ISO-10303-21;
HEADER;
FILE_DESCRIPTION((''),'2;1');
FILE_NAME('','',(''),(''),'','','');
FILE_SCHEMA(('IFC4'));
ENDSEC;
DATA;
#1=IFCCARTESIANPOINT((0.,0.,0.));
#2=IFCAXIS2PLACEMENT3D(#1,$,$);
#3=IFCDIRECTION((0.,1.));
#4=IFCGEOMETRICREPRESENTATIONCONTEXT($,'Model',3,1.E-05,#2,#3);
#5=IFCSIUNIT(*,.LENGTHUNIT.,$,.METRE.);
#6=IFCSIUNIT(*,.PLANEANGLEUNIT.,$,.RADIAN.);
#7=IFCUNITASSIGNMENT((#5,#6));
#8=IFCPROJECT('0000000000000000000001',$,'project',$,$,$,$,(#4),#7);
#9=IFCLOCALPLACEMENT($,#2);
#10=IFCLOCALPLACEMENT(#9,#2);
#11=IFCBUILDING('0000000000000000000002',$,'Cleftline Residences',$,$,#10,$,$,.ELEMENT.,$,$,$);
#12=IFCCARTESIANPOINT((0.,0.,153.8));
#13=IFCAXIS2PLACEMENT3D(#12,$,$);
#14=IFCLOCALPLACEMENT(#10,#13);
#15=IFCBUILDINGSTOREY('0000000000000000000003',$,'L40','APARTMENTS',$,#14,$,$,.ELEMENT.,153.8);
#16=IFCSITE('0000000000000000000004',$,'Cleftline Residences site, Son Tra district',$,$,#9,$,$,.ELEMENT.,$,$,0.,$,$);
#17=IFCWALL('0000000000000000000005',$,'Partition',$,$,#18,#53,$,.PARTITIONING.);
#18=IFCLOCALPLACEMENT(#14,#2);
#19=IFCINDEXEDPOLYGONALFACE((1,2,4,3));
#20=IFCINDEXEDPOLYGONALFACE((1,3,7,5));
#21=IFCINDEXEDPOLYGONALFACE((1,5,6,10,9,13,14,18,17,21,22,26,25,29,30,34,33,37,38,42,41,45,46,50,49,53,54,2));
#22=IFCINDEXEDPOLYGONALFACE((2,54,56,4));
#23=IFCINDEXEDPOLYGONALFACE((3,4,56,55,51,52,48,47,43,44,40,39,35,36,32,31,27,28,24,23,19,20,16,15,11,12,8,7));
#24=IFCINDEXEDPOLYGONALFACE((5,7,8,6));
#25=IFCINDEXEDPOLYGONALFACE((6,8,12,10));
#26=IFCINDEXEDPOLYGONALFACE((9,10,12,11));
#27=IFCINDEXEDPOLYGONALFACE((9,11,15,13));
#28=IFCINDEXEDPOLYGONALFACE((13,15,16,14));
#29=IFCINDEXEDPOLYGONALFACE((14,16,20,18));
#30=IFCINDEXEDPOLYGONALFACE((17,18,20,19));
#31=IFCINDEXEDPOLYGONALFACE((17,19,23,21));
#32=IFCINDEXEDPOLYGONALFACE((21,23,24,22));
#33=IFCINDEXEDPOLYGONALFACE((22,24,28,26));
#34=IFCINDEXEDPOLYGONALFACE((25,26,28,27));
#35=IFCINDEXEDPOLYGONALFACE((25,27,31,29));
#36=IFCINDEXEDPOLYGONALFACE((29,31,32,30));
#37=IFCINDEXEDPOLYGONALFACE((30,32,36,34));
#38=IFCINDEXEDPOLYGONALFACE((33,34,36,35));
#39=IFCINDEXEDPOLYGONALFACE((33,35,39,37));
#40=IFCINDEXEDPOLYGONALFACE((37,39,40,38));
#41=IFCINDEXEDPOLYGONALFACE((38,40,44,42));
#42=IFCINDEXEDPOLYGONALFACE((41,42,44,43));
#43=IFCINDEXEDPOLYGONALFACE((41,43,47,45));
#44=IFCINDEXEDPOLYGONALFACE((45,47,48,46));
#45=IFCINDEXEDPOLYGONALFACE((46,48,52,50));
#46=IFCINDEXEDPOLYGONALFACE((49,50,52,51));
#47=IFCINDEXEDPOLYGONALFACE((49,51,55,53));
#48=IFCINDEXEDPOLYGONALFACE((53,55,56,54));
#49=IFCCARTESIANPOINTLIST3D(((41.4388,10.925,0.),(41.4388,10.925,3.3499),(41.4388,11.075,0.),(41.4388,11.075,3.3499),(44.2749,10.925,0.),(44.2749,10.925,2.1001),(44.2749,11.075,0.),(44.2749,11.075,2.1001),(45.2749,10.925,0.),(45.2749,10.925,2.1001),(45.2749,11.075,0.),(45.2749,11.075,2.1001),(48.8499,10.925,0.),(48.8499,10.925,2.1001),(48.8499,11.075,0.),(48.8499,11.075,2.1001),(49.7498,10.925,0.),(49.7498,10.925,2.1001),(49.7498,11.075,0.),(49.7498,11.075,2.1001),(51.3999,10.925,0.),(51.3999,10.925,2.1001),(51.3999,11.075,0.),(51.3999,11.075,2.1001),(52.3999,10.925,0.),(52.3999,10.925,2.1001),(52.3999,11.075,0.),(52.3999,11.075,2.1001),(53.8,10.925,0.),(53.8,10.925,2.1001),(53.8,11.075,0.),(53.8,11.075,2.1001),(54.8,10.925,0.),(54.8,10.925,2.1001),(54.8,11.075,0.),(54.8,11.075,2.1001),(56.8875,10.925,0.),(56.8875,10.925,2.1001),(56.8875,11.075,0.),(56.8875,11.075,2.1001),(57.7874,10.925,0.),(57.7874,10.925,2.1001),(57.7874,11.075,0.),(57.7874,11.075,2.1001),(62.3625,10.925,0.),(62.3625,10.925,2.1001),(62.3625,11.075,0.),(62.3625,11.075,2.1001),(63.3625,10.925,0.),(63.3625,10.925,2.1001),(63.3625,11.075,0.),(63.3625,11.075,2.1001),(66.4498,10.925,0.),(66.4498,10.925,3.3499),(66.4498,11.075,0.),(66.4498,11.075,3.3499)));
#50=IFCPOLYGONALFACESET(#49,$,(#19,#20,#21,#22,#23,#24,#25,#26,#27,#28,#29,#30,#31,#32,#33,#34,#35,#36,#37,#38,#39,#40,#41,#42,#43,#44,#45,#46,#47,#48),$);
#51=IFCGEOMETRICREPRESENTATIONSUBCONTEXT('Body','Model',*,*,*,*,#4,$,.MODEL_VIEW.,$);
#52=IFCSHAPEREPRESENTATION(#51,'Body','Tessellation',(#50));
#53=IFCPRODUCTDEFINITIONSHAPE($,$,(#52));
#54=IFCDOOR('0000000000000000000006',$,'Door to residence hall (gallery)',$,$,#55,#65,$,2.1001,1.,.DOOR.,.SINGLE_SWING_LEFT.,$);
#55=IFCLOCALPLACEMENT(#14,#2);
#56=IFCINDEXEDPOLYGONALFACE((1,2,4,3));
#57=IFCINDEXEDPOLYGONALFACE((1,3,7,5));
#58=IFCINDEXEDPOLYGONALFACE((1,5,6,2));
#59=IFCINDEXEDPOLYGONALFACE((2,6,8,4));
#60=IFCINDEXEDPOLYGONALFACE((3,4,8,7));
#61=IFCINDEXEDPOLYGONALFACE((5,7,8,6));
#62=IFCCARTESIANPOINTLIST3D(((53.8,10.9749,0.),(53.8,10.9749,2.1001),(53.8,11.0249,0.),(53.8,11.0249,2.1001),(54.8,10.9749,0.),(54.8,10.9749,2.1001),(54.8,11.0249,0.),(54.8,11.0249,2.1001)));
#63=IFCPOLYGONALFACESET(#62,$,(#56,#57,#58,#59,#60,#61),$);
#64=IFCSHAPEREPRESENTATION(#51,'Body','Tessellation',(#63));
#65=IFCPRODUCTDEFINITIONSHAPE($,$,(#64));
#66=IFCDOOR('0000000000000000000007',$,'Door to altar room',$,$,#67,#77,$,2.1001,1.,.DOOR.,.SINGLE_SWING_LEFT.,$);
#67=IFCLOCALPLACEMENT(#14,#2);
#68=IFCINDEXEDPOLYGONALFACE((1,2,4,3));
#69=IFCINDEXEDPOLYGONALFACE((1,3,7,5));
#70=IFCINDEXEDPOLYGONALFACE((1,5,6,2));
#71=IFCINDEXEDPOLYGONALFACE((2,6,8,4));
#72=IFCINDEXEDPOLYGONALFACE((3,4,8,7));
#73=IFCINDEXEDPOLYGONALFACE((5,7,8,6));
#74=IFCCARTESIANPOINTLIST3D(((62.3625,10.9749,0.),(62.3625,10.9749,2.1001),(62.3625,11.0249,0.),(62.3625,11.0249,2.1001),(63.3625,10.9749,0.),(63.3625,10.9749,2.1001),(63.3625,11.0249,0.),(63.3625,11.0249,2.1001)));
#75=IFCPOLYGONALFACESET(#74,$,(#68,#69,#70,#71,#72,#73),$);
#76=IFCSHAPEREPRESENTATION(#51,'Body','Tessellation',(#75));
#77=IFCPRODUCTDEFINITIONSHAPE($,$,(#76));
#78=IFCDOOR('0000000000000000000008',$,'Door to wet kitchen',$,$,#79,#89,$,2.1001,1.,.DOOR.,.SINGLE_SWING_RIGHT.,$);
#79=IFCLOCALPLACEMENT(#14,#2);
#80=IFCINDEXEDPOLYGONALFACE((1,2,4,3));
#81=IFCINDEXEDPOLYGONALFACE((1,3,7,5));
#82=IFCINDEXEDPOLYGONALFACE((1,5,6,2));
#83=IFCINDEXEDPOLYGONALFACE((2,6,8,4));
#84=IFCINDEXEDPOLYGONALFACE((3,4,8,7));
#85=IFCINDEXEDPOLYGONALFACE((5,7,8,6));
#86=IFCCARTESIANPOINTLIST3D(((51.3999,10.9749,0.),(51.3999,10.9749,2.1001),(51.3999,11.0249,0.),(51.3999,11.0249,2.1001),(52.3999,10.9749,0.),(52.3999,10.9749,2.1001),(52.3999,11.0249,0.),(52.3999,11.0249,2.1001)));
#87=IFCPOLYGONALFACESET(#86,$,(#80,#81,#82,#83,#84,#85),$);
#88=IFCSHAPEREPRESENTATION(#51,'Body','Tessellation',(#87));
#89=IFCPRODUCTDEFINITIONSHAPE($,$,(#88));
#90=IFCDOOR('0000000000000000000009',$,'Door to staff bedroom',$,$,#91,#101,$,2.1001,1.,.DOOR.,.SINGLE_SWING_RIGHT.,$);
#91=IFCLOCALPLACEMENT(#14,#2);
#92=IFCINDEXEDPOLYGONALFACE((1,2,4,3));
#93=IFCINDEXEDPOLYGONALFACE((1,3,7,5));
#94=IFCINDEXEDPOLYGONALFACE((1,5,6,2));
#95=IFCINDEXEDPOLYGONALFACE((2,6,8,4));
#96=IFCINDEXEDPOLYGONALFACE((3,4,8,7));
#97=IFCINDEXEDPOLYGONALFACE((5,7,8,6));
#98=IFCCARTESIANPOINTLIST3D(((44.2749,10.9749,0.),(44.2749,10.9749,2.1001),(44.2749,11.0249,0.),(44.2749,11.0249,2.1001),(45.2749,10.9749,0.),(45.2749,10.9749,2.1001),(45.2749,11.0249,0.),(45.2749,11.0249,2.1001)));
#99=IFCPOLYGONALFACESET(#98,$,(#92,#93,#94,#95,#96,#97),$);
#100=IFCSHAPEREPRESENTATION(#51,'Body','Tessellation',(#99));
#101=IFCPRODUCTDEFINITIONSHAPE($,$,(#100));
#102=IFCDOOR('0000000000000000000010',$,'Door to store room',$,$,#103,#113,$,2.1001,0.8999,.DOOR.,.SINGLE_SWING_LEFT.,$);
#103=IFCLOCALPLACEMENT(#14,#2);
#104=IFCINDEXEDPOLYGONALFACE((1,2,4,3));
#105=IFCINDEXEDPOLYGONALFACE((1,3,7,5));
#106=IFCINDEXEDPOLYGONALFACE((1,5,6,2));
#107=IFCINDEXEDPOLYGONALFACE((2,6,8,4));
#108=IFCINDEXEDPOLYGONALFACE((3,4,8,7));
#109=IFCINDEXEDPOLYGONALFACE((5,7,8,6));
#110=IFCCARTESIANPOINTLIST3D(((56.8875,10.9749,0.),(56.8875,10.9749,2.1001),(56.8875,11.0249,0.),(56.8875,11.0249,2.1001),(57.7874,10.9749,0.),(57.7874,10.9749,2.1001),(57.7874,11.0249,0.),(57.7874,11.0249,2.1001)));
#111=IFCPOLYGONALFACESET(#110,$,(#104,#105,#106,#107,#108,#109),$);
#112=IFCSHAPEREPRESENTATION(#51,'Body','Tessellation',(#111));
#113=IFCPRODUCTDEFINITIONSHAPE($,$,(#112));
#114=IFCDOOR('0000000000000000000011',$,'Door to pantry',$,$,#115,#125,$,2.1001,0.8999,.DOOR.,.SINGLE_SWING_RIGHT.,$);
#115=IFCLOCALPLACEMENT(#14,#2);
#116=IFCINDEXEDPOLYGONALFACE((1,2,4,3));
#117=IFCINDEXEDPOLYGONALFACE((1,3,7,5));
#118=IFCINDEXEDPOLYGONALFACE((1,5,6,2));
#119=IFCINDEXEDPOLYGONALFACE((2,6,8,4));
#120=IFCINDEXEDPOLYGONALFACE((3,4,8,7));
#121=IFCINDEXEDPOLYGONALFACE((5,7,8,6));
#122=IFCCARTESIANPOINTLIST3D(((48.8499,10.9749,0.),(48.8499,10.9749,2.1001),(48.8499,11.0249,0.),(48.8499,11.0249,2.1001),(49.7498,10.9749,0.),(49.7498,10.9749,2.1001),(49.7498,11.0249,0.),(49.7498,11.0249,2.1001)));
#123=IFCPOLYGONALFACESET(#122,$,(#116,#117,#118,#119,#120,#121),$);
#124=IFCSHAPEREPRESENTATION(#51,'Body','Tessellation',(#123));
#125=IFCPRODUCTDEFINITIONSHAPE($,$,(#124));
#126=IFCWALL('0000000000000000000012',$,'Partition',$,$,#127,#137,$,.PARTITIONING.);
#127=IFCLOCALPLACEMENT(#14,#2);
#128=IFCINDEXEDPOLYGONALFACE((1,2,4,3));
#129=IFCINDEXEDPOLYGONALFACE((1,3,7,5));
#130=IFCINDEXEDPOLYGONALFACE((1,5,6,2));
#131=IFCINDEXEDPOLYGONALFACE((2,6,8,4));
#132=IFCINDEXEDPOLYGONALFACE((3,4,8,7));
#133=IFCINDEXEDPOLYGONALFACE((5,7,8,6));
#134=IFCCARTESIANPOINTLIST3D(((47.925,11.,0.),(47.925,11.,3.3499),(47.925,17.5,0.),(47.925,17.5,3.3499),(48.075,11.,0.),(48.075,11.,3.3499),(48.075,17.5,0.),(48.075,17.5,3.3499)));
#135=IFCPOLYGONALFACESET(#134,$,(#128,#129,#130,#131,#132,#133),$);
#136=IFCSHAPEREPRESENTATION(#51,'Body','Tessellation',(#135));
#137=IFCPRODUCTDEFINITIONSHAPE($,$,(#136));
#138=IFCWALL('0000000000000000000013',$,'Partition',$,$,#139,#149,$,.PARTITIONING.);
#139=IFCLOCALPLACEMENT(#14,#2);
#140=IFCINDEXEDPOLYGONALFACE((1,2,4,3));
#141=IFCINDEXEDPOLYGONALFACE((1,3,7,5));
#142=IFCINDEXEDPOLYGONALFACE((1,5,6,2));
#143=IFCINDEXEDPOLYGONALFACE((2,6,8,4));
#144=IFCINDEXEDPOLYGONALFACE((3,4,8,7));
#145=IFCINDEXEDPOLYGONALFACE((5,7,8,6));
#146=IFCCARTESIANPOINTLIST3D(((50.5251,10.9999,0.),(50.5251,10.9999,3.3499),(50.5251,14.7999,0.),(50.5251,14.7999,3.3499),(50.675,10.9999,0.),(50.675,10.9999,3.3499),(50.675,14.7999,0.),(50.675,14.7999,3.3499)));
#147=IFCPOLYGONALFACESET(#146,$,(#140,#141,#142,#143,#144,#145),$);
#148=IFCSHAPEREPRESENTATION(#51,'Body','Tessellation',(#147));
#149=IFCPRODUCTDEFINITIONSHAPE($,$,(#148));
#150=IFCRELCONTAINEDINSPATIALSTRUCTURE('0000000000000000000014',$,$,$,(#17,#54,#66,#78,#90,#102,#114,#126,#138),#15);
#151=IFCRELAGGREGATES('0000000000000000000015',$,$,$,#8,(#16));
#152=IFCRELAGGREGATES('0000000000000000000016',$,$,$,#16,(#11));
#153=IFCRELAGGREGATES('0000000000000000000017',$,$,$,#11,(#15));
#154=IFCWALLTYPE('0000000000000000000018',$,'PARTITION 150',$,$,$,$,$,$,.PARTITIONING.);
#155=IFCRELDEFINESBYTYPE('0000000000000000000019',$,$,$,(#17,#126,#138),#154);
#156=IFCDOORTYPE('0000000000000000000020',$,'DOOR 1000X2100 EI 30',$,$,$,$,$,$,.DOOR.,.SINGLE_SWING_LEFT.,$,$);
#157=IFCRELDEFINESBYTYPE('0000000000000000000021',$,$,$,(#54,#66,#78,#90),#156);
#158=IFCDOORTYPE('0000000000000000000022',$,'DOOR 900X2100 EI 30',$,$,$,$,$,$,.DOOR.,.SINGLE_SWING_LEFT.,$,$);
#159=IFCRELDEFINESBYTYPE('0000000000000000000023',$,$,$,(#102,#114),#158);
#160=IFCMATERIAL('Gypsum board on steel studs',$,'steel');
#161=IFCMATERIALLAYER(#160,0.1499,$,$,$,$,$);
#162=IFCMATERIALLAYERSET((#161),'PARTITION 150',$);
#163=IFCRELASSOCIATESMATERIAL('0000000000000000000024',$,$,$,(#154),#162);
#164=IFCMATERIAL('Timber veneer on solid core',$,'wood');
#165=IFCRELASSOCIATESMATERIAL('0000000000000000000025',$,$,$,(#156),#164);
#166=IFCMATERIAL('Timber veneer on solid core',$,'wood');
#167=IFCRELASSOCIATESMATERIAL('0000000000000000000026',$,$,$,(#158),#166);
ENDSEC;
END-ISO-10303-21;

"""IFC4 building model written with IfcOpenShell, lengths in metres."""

from ifc_helpers import new_model, si_unit, direction, frame, frame_2d, origin, place, context, subcontext, project, spatial, rectangle, extrude, material, layer, layer_set, type_object, element, fill, save


model = new_model("IFC4")

# Units and contexts
model_context = context("Model", 3, precision=1e-05, world=origin(), true_north=direction((0.0, 1.0)))
body_context = subcontext(model_context, "Body", "Model", "MODEL_VIEW")
ifc_project = project(units=[si_unit("LENGTHUNIT", "METRE"), si_unit("PLANEANGLEUNIT", "RADIAN")], contexts=[model_context])

# Site, building, storey
site_placement = place(None, origin())
site = spatial("IfcSite", under=ifc_project, at=site_placement, Name="Cleftline Residences site, Son Tra district", CompositionType="ELEMENT", RefElevation=0.0)
building_placement = place(site_placement, origin())
building = spatial("IfcBuilding", under=site, at=building_placement, Name="Cleftline Residences", CompositionType="ELEMENT")
storey_placement = place(building_placement, frame((0.0, 0.0, 153.8)))
storey = spatial("IfcBuildingStorey", under=building, at=storey_placement, Name="L40", Description="APARTMENTS", CompositionType="ELEMENT", Elevation=153.8)

# Wall, openings, doors
ifc_material_1 = material(Name="Gypsum board on steel studs", Category="steel")
ifc_layer_1 = layer(ifc_material_1, 0.1499)
ifc_layer_set_1 = layer_set([ifc_layer_1], Name="PARTITION 150")
wall_type = type_object("IfcWallType", Name="PARTITION 150", PredefinedType="PARTITIONING", material=ifc_layer_set_1)
wall_1_placement = place(storey_placement, frame((41.439, 11.0, 0.0), z_axis=(0.0, 0.0, 1.0), x_axis=(1.0, 0.0, 0.0)))
wall_1 = element("IfcWall", 1, at=wall_1_placement, inside=storey, type_object=wall_type, Name="Partition", PredefinedType="PARTITIONING", context=body_context, shape_type="SweptSolid", body=[
    extrude(rectangle(XDim=25.011, YDim=0.1499, at=frame_2d((12.5054, 0.0))), origin(), (0.0, 0.0, 1.0), 3.3499),
])
opening_1_placement = place(wall_1_placement, frame((12.3611, 0.0, 0.0)))
opening_1 = element("IfcOpeningElement", 2, at=opening_1_placement, cuts=wall_1, PredefinedType="OPENING", context=body_context, shape_type="SweptSolid", body=[
    extrude(rectangle(XDim=1.0, YDim=2.1001, at=frame_2d((0.5, 1.05))), frame((0.0, 0.085, 0.0), z_axis=(0.0, -1.0, 0.0), x_axis=(1.0, 0.0, 0.0)), (0.0, 0.0, 1.0), 0.1699),
])
opening_2_placement = place(wall_1_placement, frame((20.9236, 0.0, 0.0)))
opening_2 = element("IfcOpeningElement", 3, at=opening_2_placement, cuts=wall_1, PredefinedType="OPENING", context=body_context, shape_type="SweptSolid", body=[
    extrude(rectangle(XDim=1.0, YDim=2.1001, at=frame_2d((0.5, 1.05))), frame((0.0, 0.085, 0.0), z_axis=(0.0, -1.0, 0.0), x_axis=(1.0, 0.0, 0.0)), (0.0, 0.0, 1.0), 0.1699),
])
opening_3_placement = place(wall_1_placement, frame((15.4485, 0.0, 0.0)))
opening_3 = element("IfcOpeningElement", 4, at=opening_3_placement, cuts=wall_1, PredefinedType="OPENING", context=body_context, shape_type="SweptSolid", body=[
    extrude(rectangle(XDim=0.8999, YDim=2.1001, at=frame_2d((0.45, 1.05))), frame((0.0, 0.085, 0.0), z_axis=(0.0, -1.0, 0.0), x_axis=(1.0, 0.0, 0.0)), (0.0, 0.0, 1.0), 0.1699),
])
opening_4_placement = place(wall_1_placement, frame((9.9609, 0.0, 0.0)))
opening_4 = element("IfcOpeningElement", 5, at=opening_4_placement, cuts=wall_1, PredefinedType="OPENING", context=body_context, shape_type="SweptSolid", body=[
    extrude(rectangle(XDim=1.0, YDim=2.1001, at=frame_2d((0.5, 1.05))), frame((0.0, 0.085, 0.0), z_axis=(0.0, -1.0, 0.0), x_axis=(1.0, 0.0, 0.0)), (0.0, 0.0, 1.0), 0.1699),
])
opening_5_placement = place(wall_1_placement, frame((7.4109, 0.0, 0.0)))
opening_5 = element("IfcOpeningElement", 6, at=opening_5_placement, cuts=wall_1, PredefinedType="OPENING", context=body_context, shape_type="SweptSolid", body=[
    extrude(rectangle(XDim=0.8999, YDim=2.1001, at=frame_2d((0.45, 1.05))), frame((0.0, 0.085, 0.0), z_axis=(0.0, -1.0, 0.0), x_axis=(1.0, 0.0, 0.0)), (0.0, 0.0, 1.0), 0.1699),
])
opening_6_placement = place(wall_1_placement, frame((2.8359, 0.0, 0.0)))
opening_6 = element("IfcOpeningElement", 7, at=opening_6_placement, cuts=wall_1, PredefinedType="OPENING", context=body_context, shape_type="SweptSolid", body=[
    extrude(rectangle(XDim=1.0, YDim=2.1001, at=frame_2d((0.5, 1.05))), frame((0.0, 0.085, 0.0), z_axis=(0.0, -1.0, 0.0), x_axis=(1.0, 0.0, 0.0)), (0.0, 0.0, 1.0), 0.1699),
])
ifc_material_2 = material(Name="Timber veneer on solid core", Category="wood")
door_type_1 = type_object("IfcDoorType", Name="DOOR 1000X2100 EI 30", OperationType="SINGLE_SWING_LEFT", PredefinedType="DOOR", material=ifc_material_2)
door_1_placement = place(opening_1_placement, origin())
door_1 = element("IfcDoor", 8, at=door_1_placement, inside=storey, type_object=door_type_1, Name="Door to residence hall (gallery)", OperationType="SINGLE_SWING_LEFT", OverallHeight=2.1001, OverallWidth=1.0, PredefinedType="DOOR", context=body_context, shape_type="SweptSolid", body=[
    extrude(rectangle(XDim=1.0, YDim=2.1001, at=frame_2d((0.5, 1.05))), frame((0.0, 0.0249, 0.0), z_axis=(0.0, -1.0, 0.0), x_axis=(1.0, 0.0, 0.0)), (0.0, 0.0, 1.0), 0.05),
])
fill(opening_1, door_1)
door_2_placement = place(opening_2_placement, origin())
door_2 = element("IfcDoor", 9, at=door_2_placement, inside=storey, type_object=door_type_1, Name="Door to altar room", OperationType="SINGLE_SWING_LEFT", OverallHeight=2.1001, OverallWidth=1.0, PredefinedType="DOOR", context=body_context, shape_type="SweptSolid", body=[
    extrude(rectangle(XDim=1.0, YDim=2.1001, at=frame_2d((0.5, 1.05))), frame((0.0, 0.0249, 0.0), z_axis=(0.0, -1.0, 0.0), x_axis=(1.0, 0.0, 0.0)), (0.0, 0.0, 1.0), 0.05),
])
fill(opening_2, door_2)
door_3_placement = place(opening_4_placement, origin())
door_3 = element("IfcDoor", 10, at=door_3_placement, inside=storey, type_object=door_type_1, Name="Door to wet kitchen", OperationType="SINGLE_SWING_RIGHT", OverallHeight=2.1001, OverallWidth=1.0, PredefinedType="DOOR", context=body_context, shape_type="SweptSolid", body=[
    extrude(rectangle(XDim=1.0, YDim=2.1001, at=frame_2d((0.5, 1.05))), frame((0.0, 0.0249, 0.0), z_axis=(0.0, -1.0, 0.0), x_axis=(1.0, 0.0, 0.0)), (0.0, 0.0, 1.0), 0.05),
])
fill(opening_4, door_3)
door_4_placement = place(opening_6_placement, origin())
door_4 = element("IfcDoor", 11, at=door_4_placement, inside=storey, type_object=door_type_1, Name="Door to staff bedroom", OperationType="SINGLE_SWING_RIGHT", OverallHeight=2.1001, OverallWidth=1.0, PredefinedType="DOOR", context=body_context, shape_type="SweptSolid", body=[
    extrude(rectangle(XDim=1.0, YDim=2.1001, at=frame_2d((0.5, 1.05))), frame((0.0, 0.0249, 0.0), z_axis=(0.0, -1.0, 0.0), x_axis=(1.0, 0.0, 0.0)), (0.0, 0.0, 1.0), 0.05),
])
fill(opening_6, door_4)
ifc_material_3 = material(Name="Timber veneer on solid core", Category="wood")
door_type_2 = type_object("IfcDoorType", Name="DOOR 900X2100 EI 30", OperationType="SINGLE_SWING_LEFT", PredefinedType="DOOR", material=ifc_material_3)
door_5_placement = place(opening_3_placement, origin())
door_5 = element("IfcDoor", 12, at=door_5_placement, inside=storey, type_object=door_type_2, Name="Door to store room", OperationType="SINGLE_SWING_LEFT", OverallHeight=2.1001, OverallWidth=0.8999, PredefinedType="DOOR", context=body_context, shape_type="SweptSolid", body=[
    extrude(rectangle(XDim=0.8999, YDim=2.1001, at=frame_2d((0.45, 1.05))), frame((0.0, 0.0249, 0.0), z_axis=(0.0, -1.0, 0.0), x_axis=(1.0, 0.0, 0.0)), (0.0, 0.0, 1.0), 0.05),
])
fill(opening_3, door_5)
door_6_placement = place(opening_5_placement, origin())
door_6 = element("IfcDoor", 13, at=door_6_placement, inside=storey, type_object=door_type_2, Name="Door to pantry", OperationType="SINGLE_SWING_RIGHT", OverallHeight=2.1001, OverallWidth=0.8999, PredefinedType="DOOR", context=body_context, shape_type="SweptSolid", body=[
    extrude(rectangle(XDim=0.8999, YDim=2.1001, at=frame_2d((0.45, 1.05))), frame((0.0, 0.0249, 0.0), z_axis=(0.0, -1.0, 0.0), x_axis=(1.0, 0.0, 0.0)), (0.0, 0.0, 1.0), 0.05),
])
fill(opening_5, door_6)

# Walls
wall_2_placement = place(storey_placement, frame((48.0, 11.0, 0.0), z_axis=(0.0, 0.0, 1.0), x_axis=(0.0, 1.0, 0.0)))
element("IfcWall", 14, at=wall_2_placement, inside=storey, type_object=wall_type, Name="Partition", PredefinedType="PARTITIONING", context=body_context, shape_type="SweptSolid", body=[
    extrude(rectangle(XDim=6.5, YDim=0.1499, at=frame_2d((3.25, 0.0))), origin(), (0.0, 0.0, 1.0), 3.3499),
])
wall_3_placement = place(storey_placement, frame((50.6001, 11.0, 0.0), z_axis=(0.0, 0.0, 1.0), x_axis=(0.0, 1.0, 0.0)))
element("IfcWall", 15, at=wall_3_placement, inside=storey, type_object=wall_type, Name="Partition", PredefinedType="PARTITIONING", context=body_context, shape_type="SweptSolid", body=[
    extrude(rectangle(XDim=3.8, YDim=0.1499, at=frame_2d((1.8999, 0.0))), origin(), (0.0, 0.0, 1.0), 3.3499),
])

save(model, "model.ifc")
